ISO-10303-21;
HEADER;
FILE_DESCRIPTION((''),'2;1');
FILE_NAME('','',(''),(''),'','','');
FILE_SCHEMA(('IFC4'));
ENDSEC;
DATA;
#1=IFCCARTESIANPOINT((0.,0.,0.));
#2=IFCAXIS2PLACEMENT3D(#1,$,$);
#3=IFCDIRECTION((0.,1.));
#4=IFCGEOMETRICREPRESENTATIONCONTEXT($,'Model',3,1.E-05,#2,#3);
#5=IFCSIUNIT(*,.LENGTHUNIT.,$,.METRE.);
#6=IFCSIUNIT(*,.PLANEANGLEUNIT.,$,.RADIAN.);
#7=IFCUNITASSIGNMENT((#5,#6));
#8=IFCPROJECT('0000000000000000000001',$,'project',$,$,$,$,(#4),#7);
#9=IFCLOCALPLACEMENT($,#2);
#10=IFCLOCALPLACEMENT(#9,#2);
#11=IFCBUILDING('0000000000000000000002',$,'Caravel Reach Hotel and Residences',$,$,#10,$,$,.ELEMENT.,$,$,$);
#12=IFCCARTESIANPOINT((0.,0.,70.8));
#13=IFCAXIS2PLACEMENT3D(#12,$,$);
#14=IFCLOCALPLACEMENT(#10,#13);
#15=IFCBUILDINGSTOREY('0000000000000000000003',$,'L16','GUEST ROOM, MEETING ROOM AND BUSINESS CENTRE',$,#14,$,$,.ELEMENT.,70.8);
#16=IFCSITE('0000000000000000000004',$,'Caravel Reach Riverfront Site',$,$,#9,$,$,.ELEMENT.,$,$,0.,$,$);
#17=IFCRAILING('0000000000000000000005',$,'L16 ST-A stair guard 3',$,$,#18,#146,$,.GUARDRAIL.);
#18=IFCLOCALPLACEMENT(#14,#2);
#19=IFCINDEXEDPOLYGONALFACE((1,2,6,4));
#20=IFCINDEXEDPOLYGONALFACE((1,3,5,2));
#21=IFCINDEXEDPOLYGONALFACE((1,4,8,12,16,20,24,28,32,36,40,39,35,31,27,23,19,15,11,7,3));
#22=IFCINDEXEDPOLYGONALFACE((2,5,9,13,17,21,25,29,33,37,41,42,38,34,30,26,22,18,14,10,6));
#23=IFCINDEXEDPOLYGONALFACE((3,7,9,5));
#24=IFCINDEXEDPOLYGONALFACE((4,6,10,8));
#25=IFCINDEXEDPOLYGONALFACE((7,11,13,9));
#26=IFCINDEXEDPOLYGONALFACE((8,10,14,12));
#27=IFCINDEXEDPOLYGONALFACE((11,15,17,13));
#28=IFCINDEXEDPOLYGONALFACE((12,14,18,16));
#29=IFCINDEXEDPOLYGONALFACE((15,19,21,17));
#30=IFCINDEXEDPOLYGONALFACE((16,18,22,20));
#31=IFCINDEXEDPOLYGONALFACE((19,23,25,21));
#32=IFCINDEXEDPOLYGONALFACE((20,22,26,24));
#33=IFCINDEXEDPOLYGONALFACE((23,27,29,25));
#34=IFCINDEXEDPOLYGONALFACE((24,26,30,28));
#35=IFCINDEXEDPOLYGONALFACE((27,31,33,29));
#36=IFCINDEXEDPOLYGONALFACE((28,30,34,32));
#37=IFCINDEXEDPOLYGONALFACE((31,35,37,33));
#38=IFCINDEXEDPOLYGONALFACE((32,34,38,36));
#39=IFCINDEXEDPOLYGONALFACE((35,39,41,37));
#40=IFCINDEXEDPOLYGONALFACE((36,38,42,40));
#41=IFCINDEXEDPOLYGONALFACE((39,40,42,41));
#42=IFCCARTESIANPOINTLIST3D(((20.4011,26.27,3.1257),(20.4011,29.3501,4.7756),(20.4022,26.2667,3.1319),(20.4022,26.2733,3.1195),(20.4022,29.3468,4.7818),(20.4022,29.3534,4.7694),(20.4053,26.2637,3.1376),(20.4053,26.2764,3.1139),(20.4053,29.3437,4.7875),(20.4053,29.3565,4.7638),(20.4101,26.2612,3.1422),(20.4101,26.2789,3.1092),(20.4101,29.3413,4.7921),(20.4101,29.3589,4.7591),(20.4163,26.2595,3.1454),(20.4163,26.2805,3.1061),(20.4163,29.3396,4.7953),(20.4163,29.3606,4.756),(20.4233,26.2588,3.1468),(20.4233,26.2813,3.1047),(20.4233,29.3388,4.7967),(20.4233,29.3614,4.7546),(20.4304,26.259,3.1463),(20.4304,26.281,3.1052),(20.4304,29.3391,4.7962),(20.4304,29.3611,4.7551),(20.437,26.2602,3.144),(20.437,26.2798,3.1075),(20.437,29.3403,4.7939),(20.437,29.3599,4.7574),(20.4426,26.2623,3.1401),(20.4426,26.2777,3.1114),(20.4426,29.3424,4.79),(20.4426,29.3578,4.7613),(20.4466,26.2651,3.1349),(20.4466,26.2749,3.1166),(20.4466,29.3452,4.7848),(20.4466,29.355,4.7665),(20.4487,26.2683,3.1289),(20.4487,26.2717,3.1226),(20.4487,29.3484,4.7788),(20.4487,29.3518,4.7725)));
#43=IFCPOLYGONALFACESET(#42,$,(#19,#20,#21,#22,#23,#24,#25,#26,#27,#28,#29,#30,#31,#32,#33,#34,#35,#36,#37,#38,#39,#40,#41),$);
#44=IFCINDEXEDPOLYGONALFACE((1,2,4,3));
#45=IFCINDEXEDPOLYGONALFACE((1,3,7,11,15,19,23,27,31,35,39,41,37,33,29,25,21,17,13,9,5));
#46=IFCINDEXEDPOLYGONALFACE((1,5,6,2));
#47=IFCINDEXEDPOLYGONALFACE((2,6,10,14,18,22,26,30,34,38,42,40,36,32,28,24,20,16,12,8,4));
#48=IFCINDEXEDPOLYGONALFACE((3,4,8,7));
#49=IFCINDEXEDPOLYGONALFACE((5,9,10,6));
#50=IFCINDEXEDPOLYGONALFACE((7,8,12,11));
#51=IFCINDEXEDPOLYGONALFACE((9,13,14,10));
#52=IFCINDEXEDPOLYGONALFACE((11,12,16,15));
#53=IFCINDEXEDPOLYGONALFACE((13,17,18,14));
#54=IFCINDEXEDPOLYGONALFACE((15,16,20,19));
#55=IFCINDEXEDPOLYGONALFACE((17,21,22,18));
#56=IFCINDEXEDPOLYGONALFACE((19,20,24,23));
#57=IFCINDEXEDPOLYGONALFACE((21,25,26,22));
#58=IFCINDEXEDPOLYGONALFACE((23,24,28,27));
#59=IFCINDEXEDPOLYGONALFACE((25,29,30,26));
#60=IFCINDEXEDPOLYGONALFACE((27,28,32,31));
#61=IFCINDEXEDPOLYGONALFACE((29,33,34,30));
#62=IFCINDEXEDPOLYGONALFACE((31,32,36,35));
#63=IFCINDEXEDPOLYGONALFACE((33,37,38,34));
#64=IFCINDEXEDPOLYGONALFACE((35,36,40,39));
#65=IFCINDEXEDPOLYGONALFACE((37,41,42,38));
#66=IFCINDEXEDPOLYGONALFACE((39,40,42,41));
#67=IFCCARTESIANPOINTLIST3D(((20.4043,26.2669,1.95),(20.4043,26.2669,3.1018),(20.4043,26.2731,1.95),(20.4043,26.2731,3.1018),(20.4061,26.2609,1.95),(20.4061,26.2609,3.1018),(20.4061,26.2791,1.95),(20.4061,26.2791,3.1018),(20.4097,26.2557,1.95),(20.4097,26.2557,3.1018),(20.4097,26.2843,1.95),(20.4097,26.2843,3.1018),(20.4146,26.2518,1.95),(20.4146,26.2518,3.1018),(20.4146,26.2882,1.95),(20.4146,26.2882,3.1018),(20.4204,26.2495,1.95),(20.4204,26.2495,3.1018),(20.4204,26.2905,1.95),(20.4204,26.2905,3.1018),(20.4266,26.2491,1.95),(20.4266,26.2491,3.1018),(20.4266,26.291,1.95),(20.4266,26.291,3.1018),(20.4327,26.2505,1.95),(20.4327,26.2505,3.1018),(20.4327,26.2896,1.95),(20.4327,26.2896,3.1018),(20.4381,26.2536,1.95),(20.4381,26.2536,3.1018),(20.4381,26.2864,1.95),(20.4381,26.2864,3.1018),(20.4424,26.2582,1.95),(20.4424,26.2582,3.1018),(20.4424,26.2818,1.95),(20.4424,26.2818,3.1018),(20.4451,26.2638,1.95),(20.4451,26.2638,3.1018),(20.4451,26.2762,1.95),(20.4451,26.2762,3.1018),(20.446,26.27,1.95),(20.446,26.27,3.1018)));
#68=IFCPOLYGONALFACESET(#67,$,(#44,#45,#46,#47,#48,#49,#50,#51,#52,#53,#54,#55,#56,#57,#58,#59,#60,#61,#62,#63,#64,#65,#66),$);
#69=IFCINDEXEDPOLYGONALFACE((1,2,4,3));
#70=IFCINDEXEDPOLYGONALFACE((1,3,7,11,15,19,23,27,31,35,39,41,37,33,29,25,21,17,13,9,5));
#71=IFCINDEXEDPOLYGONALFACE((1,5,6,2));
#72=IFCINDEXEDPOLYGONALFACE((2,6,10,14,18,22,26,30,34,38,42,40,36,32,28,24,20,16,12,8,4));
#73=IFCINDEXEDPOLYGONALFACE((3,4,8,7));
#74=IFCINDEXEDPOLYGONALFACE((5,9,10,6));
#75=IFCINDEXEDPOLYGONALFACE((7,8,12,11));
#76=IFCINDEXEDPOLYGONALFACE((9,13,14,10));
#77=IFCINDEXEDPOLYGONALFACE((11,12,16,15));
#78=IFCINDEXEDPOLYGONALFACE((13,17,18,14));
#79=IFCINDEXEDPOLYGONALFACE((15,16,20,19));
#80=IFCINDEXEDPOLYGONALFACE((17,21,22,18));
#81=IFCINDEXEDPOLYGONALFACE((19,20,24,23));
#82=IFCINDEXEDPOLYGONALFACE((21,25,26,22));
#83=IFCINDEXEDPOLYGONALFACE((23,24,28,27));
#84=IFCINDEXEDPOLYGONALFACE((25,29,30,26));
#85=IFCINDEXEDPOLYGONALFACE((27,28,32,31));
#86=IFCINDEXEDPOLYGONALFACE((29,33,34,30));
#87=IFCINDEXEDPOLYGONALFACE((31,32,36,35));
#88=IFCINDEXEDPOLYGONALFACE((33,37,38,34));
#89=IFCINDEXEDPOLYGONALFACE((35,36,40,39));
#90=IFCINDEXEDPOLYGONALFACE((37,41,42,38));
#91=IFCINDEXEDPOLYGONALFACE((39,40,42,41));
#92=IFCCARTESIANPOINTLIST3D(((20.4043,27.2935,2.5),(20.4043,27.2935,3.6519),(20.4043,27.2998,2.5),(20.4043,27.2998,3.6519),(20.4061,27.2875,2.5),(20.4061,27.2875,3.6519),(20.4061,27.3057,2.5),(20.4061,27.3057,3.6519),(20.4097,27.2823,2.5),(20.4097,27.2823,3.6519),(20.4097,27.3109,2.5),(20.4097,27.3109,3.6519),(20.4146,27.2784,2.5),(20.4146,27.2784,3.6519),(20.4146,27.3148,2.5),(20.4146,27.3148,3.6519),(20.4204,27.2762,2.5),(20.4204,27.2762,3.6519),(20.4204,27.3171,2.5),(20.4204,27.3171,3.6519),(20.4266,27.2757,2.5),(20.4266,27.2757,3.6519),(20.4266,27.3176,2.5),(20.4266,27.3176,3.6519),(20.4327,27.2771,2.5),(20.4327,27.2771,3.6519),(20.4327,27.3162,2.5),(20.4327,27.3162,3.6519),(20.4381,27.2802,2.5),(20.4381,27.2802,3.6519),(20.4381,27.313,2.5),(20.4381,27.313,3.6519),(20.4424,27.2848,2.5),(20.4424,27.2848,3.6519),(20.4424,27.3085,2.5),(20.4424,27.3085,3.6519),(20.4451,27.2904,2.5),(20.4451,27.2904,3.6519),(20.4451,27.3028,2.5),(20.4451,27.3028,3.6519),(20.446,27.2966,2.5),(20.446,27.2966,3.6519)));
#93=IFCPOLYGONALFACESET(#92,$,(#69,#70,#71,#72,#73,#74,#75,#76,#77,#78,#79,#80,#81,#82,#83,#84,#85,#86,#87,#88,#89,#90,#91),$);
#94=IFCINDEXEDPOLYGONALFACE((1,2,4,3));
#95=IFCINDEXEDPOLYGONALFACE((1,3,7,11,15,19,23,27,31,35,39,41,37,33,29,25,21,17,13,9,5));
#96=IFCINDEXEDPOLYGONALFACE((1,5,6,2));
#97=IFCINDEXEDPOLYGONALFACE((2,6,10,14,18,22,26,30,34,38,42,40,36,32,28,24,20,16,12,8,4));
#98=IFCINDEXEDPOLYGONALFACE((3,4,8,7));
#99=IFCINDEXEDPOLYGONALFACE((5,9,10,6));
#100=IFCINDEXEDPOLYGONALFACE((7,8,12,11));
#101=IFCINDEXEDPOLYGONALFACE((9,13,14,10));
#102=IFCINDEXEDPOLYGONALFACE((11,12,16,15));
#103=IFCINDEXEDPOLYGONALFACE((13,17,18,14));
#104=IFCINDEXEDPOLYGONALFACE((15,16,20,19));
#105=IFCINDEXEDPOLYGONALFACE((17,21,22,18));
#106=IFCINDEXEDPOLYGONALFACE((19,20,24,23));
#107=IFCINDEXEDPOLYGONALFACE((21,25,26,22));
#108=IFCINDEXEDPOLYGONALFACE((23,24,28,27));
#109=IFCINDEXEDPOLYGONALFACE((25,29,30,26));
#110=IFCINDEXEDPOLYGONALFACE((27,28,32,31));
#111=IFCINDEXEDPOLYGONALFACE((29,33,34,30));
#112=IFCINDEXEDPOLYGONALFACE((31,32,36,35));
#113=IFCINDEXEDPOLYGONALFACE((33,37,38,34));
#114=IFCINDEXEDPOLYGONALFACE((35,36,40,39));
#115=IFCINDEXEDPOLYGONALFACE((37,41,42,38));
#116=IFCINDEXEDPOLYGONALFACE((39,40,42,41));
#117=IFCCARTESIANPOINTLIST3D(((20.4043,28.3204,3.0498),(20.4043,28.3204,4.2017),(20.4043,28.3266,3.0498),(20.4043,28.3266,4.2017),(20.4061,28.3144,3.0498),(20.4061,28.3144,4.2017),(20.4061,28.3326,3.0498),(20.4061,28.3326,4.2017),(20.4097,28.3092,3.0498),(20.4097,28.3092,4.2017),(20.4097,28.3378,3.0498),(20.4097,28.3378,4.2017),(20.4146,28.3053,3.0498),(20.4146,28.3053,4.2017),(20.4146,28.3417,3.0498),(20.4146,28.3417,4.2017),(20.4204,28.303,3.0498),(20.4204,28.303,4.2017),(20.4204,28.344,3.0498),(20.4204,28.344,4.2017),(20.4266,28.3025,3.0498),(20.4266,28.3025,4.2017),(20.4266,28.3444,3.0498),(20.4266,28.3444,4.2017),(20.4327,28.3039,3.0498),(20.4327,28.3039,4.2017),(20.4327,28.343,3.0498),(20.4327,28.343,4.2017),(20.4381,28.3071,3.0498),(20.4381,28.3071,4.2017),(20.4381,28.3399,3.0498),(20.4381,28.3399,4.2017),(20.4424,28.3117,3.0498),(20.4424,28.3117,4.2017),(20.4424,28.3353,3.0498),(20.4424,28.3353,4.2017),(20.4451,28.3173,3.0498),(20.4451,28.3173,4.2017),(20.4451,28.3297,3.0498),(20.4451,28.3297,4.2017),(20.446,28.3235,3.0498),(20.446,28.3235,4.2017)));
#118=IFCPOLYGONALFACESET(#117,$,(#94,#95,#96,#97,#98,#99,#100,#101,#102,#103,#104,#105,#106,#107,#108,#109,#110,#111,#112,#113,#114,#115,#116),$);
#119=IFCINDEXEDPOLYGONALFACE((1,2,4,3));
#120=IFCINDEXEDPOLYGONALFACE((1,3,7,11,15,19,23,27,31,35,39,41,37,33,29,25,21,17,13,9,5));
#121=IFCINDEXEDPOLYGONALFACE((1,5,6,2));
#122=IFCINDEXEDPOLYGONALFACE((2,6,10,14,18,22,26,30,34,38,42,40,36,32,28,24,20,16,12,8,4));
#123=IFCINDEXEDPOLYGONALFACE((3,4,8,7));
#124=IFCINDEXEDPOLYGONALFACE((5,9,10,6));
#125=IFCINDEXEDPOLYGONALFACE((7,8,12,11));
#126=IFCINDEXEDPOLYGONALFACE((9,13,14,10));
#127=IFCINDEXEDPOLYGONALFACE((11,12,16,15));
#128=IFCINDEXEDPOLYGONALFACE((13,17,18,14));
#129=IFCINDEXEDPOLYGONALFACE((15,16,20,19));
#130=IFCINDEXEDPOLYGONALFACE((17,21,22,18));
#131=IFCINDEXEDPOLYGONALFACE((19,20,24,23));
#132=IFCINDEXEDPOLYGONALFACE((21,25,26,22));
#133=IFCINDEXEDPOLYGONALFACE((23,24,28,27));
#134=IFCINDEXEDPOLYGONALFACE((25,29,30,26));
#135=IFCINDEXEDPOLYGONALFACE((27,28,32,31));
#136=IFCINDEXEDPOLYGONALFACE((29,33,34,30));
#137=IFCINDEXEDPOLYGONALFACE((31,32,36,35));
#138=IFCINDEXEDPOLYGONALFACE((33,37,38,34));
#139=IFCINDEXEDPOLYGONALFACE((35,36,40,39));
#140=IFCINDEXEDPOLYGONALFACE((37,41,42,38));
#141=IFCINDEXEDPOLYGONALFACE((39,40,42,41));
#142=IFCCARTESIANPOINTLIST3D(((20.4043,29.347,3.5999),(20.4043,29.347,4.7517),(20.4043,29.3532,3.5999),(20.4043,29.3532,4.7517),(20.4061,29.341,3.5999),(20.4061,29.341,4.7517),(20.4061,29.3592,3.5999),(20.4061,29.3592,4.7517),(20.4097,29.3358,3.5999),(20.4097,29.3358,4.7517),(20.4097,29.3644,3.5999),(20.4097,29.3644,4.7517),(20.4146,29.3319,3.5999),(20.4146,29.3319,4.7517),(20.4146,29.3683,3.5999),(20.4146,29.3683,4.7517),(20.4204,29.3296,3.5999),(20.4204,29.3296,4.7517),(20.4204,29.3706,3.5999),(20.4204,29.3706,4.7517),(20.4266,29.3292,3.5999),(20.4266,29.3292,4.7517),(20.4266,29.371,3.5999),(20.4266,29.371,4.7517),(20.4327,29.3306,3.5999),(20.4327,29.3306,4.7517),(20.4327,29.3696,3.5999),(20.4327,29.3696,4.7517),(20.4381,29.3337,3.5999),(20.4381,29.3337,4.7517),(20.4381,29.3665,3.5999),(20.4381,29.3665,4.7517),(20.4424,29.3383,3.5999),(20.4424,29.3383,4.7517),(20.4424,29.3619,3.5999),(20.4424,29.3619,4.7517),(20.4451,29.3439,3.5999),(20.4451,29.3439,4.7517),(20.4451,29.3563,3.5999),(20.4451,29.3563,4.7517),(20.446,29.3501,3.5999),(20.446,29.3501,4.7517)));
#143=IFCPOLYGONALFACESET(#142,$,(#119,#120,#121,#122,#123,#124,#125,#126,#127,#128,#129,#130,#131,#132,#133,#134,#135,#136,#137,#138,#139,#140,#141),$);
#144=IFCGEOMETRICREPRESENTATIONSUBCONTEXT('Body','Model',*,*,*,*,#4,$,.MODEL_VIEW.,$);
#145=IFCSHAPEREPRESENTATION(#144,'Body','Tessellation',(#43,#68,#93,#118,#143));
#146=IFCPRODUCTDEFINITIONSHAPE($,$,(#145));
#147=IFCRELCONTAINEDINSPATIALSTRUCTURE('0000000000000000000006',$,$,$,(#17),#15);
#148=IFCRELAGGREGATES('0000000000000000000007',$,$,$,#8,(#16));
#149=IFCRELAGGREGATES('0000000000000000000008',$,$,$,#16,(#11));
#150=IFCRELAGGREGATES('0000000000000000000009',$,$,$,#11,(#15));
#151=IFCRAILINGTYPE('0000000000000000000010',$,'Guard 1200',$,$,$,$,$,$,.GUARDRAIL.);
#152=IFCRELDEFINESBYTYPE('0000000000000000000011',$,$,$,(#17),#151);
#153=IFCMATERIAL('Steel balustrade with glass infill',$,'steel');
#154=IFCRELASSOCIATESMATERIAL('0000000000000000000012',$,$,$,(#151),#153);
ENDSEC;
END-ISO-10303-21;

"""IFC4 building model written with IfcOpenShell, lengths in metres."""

from ifc_helpers import new_model, si_unit, direction, frame, origin, origin_2d, place, context, subcontext, project, spatial, circle, extrude, material, type_object, element, save


model = new_model("IFC4")

# Units and contexts
model_context = context("Model", 3, precision=1e-05, world=origin(), true_north=direction((0.0, 1.0)))
body_context = subcontext(model_context, "Body", "Model", "MODEL_VIEW")
ifc_project = project(units=[si_unit("LENGTHUNIT", "METRE"), si_unit("PLANEANGLEUNIT", "RADIAN")], contexts=[model_context])

# Site, building, storey
site_placement = place(None, origin())
site = spatial("IfcSite", under=ifc_project, at=site_placement, Name="Caravel Reach Riverfront Site", CompositionType="ELEMENT", RefElevation=0.0)
building_placement = place(site_placement, origin())
building = spatial("IfcBuilding", under=site, at=building_placement, Name="Caravel Reach Hotel and Residences", CompositionType="ELEMENT")
storey_placement = place(building_placement, frame((0.0, 0.0, 70.8)))
storey = spatial("IfcBuildingStorey", under=building, at=storey_placement, Name="L16", Description="GUEST ROOM, MEETING ROOM AND BUSINESS CENTRE", CompositionType="ELEMENT", Elevation=70.8)

# Railing
ifc_material_1 = material(Name="Steel balustrade with glass infill", Category="steel")
railing_type_1 = type_object("IfcRailingType", Name="Guard 1200", PredefinedType="GUARDRAIL", material=ifc_material_1)
railing_1_placement = place(storey_placement, frame((20.425, 26.27, 1.95)))
element("IfcRailing", 1, at=railing_1_placement, inside=storey, type_object=railing_type_1, Name="L16 ST-A stair guard 3", PredefinedType="GUARDRAIL", context=body_context, shape_type="SweptSolid", body=[
    extrude(circle(Radius=0.0239, at=origin_2d()), frame((0.0, 0.0, 1.1758), z_axis=(0.0, 0.881497, 0.47219), x_axis=(-1.0, 0.0, 0.0)), (0.0, 0.0, 1.0), 3.4941),
    extrude(circle(Radius=0.021, at=origin_2d()), origin(), (0.0, 0.0, 1.0), 1.1519),
    extrude(circle(Radius=0.021, at=origin_2d()), frame((0.0, 1.0266, 0.55)), (0.0, 0.0, 1.0), 1.1519),
    extrude(circle(Radius=0.021, at=origin_2d()), frame((0.0, 2.0535, 1.0999)), (0.0, 0.0, 1.0), 1.1519),
    extrude(circle(Radius=0.021, at=origin_2d()), frame((0.0, 3.0801, 1.6499)), (0.0, 0.0, 1.0), 1.1519),
])

save(model, "model.ifc")
